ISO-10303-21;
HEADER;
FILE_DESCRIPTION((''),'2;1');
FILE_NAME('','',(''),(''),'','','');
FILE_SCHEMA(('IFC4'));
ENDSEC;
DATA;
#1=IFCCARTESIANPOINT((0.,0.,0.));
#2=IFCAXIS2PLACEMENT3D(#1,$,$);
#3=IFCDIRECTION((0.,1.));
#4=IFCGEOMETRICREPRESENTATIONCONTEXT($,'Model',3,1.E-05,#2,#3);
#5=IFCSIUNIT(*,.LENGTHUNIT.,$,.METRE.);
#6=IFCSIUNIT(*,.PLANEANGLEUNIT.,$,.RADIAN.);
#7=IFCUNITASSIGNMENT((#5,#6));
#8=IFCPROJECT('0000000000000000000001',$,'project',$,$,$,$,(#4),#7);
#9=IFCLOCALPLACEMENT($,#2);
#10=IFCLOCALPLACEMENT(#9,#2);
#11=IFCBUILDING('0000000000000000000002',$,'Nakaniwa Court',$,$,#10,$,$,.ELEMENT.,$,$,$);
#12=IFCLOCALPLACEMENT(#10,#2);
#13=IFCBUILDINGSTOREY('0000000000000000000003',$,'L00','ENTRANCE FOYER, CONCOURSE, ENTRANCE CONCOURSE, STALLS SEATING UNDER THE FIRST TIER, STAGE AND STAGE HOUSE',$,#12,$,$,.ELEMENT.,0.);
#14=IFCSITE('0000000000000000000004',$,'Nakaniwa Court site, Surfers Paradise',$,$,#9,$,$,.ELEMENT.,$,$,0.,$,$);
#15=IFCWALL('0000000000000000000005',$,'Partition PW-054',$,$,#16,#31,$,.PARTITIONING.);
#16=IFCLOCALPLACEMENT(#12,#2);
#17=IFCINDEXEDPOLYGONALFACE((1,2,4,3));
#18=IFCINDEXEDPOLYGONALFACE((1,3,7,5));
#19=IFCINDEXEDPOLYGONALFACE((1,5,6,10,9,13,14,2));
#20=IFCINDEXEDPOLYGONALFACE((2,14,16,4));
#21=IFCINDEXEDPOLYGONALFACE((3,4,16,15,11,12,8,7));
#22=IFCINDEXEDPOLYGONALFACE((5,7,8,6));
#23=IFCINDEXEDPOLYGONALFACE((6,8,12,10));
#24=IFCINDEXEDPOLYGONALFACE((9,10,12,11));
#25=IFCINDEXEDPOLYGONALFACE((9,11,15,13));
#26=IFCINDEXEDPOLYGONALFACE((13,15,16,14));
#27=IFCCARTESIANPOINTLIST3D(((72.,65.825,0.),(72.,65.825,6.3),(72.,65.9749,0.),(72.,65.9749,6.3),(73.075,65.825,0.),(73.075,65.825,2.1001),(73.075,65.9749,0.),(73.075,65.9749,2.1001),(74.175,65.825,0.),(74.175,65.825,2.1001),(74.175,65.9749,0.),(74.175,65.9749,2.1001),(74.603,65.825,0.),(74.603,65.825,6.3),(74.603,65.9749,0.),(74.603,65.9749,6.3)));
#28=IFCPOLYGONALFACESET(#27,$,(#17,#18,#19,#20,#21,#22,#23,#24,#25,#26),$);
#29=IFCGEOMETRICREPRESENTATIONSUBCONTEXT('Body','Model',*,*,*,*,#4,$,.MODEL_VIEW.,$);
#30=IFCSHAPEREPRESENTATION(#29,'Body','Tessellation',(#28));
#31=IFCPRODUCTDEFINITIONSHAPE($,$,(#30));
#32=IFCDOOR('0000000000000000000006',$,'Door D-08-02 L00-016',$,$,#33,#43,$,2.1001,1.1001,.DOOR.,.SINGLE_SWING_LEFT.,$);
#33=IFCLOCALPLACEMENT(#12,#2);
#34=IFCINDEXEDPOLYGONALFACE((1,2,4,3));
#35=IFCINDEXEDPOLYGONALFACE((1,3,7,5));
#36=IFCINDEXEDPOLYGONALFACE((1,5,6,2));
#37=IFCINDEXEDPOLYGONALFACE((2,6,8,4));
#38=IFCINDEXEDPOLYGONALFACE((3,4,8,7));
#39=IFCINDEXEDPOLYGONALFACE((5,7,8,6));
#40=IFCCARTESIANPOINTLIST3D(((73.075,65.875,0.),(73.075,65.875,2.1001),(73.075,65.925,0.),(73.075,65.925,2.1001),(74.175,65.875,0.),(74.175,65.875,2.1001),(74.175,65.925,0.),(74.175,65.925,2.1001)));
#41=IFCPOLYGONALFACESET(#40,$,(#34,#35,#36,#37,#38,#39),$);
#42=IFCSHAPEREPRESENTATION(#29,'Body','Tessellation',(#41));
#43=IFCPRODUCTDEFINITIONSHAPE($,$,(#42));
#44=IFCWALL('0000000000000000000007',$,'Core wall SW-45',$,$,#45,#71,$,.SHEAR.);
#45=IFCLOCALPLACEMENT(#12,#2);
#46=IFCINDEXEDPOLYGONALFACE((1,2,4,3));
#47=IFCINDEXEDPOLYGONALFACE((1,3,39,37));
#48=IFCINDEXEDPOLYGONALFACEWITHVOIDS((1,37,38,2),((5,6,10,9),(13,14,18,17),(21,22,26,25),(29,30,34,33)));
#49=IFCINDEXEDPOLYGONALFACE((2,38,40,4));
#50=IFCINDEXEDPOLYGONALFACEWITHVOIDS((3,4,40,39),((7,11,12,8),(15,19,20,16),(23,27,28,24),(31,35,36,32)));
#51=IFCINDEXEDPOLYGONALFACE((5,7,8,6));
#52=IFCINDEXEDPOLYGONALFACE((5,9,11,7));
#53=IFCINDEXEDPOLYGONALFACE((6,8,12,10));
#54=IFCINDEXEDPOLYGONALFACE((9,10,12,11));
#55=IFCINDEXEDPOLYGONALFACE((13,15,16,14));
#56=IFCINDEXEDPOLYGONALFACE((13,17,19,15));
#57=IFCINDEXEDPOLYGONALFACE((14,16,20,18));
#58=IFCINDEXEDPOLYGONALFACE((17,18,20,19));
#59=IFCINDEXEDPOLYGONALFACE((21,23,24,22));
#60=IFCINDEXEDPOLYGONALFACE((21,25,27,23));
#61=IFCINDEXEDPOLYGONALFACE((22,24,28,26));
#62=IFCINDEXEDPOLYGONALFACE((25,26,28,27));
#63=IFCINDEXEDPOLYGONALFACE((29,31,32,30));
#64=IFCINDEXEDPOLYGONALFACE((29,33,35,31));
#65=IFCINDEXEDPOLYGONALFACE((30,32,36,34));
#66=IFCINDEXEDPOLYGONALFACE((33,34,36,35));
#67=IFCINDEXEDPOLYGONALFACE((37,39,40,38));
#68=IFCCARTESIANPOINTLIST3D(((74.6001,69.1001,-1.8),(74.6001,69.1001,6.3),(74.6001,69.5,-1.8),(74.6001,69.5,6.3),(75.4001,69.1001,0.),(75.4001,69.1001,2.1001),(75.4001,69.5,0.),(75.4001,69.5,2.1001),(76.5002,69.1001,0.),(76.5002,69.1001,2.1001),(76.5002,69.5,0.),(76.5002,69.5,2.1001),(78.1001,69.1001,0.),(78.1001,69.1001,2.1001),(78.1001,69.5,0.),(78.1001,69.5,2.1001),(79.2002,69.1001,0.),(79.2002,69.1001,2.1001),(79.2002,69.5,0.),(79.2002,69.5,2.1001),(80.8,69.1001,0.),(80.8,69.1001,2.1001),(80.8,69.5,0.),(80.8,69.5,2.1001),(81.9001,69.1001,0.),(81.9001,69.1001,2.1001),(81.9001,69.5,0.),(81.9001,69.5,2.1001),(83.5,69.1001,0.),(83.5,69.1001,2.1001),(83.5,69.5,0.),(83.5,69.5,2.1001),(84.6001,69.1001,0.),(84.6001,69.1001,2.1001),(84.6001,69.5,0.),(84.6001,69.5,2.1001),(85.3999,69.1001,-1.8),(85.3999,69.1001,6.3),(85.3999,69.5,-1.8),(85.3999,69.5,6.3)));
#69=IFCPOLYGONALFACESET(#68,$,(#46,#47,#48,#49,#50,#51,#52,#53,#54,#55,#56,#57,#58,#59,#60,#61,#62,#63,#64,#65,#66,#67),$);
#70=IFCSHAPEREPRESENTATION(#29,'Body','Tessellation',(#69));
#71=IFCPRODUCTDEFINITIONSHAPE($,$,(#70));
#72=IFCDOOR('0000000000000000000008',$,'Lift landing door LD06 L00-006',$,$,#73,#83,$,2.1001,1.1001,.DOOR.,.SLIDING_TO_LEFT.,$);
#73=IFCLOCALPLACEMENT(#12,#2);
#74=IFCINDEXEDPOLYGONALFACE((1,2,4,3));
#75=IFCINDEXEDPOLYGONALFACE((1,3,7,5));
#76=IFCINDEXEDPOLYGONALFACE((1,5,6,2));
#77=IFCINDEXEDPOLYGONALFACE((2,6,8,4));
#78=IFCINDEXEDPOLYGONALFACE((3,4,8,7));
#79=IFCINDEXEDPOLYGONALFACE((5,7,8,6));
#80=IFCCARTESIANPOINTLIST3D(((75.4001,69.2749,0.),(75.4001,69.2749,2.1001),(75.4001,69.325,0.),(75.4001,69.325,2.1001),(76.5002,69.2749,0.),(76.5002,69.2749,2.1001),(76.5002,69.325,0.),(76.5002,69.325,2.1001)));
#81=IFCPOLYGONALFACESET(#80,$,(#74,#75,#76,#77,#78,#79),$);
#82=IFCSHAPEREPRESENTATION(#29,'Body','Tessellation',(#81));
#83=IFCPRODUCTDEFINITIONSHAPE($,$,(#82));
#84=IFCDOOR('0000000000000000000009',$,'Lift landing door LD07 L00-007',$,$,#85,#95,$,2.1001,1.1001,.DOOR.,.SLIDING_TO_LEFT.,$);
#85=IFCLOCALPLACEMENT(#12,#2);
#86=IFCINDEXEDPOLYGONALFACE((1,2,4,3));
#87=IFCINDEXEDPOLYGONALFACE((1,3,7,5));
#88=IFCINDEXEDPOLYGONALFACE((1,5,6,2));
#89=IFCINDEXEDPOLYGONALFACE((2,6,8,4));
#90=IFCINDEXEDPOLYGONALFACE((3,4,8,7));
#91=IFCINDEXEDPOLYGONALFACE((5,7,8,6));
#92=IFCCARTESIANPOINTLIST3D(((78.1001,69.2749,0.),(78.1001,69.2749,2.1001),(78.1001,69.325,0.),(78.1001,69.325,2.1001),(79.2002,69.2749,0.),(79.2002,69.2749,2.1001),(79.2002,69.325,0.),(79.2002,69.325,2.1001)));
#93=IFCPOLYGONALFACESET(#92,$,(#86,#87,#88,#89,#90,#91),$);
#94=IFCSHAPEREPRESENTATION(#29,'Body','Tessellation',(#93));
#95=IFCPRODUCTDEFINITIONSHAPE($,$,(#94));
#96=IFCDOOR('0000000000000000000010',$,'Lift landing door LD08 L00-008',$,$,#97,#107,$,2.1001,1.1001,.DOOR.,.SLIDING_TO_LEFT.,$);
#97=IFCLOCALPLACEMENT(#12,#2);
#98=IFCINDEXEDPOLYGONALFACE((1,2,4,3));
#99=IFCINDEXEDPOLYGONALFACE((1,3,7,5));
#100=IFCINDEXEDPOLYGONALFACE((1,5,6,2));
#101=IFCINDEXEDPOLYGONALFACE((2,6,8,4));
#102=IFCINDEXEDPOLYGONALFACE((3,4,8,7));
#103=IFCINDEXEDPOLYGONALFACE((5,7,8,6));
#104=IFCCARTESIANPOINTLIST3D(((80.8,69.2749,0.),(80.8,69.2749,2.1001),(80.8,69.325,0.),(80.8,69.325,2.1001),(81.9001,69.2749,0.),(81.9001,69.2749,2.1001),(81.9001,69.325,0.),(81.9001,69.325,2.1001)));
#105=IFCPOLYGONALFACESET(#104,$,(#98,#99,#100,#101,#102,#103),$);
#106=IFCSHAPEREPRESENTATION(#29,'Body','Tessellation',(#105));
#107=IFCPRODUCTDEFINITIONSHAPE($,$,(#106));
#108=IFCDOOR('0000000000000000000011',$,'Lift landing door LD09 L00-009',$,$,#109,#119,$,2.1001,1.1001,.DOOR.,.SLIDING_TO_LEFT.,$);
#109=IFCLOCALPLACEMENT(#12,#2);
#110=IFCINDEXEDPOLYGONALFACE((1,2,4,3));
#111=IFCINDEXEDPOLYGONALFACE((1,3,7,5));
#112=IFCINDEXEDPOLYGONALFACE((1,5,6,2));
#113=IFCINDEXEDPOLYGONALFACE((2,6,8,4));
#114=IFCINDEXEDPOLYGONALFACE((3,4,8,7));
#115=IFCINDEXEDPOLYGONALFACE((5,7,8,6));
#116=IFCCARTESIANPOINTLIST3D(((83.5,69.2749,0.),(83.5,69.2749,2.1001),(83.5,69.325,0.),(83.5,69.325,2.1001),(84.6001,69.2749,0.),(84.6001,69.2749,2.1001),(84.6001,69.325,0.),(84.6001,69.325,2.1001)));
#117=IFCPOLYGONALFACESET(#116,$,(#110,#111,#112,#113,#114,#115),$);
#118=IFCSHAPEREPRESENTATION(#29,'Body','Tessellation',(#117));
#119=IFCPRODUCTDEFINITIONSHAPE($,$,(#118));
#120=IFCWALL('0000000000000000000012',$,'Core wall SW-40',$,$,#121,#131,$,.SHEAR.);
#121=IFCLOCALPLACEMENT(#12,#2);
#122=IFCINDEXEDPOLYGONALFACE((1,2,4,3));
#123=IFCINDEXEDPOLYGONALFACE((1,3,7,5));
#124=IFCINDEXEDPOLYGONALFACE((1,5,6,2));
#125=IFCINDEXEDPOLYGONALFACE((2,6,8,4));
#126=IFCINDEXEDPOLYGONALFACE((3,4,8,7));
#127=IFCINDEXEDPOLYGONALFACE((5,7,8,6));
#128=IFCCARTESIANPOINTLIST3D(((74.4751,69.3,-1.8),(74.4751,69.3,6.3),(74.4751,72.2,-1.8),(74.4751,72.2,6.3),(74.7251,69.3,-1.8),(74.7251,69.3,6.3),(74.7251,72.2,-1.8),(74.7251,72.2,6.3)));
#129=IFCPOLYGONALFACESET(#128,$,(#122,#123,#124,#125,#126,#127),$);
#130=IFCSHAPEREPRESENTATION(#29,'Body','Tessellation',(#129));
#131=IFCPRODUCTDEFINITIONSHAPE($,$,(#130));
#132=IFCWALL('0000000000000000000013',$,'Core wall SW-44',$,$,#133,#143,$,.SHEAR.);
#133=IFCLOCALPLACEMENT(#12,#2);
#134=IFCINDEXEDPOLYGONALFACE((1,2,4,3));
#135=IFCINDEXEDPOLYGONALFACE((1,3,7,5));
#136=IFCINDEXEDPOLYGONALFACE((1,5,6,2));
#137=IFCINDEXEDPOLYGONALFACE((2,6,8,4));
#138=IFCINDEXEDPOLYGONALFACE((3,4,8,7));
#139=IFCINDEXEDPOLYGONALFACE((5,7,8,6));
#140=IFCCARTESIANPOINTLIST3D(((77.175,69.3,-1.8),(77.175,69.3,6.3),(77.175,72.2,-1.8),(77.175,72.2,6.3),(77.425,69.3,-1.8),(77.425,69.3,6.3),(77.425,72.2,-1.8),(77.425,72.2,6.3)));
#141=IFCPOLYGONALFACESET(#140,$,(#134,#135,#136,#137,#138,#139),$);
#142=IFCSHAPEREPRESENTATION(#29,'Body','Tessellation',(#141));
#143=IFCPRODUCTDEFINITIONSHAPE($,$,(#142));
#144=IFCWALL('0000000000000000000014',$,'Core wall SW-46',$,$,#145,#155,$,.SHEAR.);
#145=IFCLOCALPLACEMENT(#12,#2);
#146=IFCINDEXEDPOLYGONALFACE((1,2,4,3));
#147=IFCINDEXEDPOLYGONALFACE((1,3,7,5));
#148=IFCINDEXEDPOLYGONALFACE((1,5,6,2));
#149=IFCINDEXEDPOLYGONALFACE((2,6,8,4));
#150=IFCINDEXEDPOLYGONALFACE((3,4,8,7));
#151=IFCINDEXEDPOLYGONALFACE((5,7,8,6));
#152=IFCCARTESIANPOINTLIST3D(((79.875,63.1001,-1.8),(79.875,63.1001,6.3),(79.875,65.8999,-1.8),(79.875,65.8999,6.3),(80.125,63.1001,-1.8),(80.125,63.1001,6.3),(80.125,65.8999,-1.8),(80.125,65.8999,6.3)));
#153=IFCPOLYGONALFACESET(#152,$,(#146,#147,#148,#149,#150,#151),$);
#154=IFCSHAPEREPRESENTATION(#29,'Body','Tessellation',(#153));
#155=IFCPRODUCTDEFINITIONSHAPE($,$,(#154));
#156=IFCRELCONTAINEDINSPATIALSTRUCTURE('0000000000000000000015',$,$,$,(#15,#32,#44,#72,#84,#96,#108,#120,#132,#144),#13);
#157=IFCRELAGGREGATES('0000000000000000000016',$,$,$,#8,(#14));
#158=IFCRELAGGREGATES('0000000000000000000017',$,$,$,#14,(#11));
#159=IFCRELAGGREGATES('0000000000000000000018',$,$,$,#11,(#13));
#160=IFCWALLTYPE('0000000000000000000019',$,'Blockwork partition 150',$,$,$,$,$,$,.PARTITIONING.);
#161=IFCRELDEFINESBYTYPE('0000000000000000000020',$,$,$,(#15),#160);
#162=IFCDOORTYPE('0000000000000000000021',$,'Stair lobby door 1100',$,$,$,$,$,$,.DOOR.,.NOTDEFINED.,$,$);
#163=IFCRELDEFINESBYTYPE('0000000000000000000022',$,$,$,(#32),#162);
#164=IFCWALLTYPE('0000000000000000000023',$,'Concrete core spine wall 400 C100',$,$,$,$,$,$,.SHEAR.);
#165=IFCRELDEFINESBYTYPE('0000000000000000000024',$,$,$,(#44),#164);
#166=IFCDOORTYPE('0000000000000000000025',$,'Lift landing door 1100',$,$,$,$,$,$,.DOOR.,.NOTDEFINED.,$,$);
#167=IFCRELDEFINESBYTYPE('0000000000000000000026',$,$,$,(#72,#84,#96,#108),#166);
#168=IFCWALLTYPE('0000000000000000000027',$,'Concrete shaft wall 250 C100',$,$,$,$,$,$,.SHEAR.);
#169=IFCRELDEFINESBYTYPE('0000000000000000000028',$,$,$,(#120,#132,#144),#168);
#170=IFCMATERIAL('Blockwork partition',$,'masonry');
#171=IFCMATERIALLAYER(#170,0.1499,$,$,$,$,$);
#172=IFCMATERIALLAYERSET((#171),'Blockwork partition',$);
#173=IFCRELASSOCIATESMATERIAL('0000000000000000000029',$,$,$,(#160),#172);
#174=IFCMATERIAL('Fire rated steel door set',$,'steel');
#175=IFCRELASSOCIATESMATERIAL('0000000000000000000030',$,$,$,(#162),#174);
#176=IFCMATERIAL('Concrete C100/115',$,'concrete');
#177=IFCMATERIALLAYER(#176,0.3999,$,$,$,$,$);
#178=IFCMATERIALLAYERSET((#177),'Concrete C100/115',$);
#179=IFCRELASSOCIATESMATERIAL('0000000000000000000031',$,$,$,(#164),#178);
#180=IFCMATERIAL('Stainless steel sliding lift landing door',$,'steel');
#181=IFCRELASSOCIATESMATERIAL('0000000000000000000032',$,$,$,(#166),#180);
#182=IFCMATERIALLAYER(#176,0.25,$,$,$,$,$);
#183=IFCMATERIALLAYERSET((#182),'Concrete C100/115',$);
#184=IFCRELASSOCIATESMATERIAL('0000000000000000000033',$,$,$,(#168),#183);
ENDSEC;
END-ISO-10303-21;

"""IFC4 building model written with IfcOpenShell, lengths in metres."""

from ifc_helpers import new_model, si_unit, direction, frame, frame_2d, origin, place, context, subcontext, project, spatial, rectangle, extrude, material, layer, layer_set, type_object, element, fill, save


model = new_model("IFC4")

# Units and contexts
model_context = context("Model", 3, precision=1e-05, world=origin(), true_north=direction((0.0, 1.0)))
body_context = subcontext(model_context, "Body", "Model", "MODEL_VIEW")
ifc_project = project(units=[si_unit("LENGTHUNIT", "METRE"), si_unit("PLANEANGLEUNIT", "RADIAN")], contexts=[model_context])

# Site, building, storey
site_placement = place(None, origin())
site = spatial("IfcSite", under=ifc_project, at=site_placement, Name="Nakaniwa Court site, Surfers Paradise", CompositionType="ELEMENT", RefElevation=0.0)
building_placement = place(site_placement, origin())
building = spatial("IfcBuilding", under=site, at=building_placement, Name="Nakaniwa Court", CompositionType="ELEMENT")
storey_placement = place(building_placement, origin())
storey = spatial("IfcBuildingStorey", under=building, at=storey_placement, Name="L00", Description="ENTRANCE FOYER, CONCOURSE, ENTRANCE CONCOURSE, STALLS SEATING UNDER THE FIRST TIER, STAGE AND STAGE HOUSE", CompositionType="ELEMENT", Elevation=0.0)

# Wall, opening, door
ifc_material_1 = material(Name="Blockwork partition", Category="masonry")
ifc_layer_1 = layer(ifc_material_1, 0.1499)
ifc_layer_set_1 = layer_set([ifc_layer_1], Name="Blockwork partition")
wall_type_1 = type_object("IfcWallType", Name="Blockwork partition 150", PredefinedType="PARTITIONING", material=ifc_layer_set_1)
wall_1_placement = place(storey_placement, frame((74.603, 65.8999, 0.0), z_axis=(0.0, 0.0, 1.0), x_axis=(-1.0, 0.0, 0.0)))
wall_1 = element("IfcWall", 1, at=wall_1_placement, inside=storey, type_object=wall_type_1, Name="Partition PW-054", PredefinedType="PARTITIONING", context=body_context, shape_type="SweptSolid", body=[
    extrude(rectangle(XDim=2.603, YDim=0.1499, at=frame_2d((1.3015, 0.0))), origin(), (0.0, 0.0, 1.0), 6.3),
])
opening_1_placement = place(wall_1_placement, frame((0.428, 0.0, 0.0)))
opening_1 = element("IfcOpeningElement", 2, at=opening_1_placement, cuts=wall_1, PredefinedType="OPENING", context=body_context, shape_type="SweptSolid", body=[
    extrude(rectangle(XDim=1.1001, YDim=2.1001, at=frame_2d((0.55, 1.05))), frame((0.0, 0.085, 0.0), z_axis=(0.0, -1.0, 0.0), x_axis=(1.0, 0.0, 0.0)), (0.0, 0.0, 1.0), 0.1699),
])
ifc_material_2 = material(Name="Fire rated steel door set", Category="steel")
door_type_1 = type_object("IfcDoorType", Name="Stair lobby door 1100", OperationType="NOTDEFINED", PredefinedType="DOOR", material=ifc_material_2)
door_1_placement = place(opening_1_placement, origin())
door_1 = element("IfcDoor", 3, at=door_1_placement, inside=storey, type_object=door_type_1, Name="Door D-08-02 L00-016", OperationType="SINGLE_SWING_LEFT", OverallHeight=2.1001, OverallWidth=1.1001, PredefinedType="DOOR", context=body_context, shape_type="SweptSolid", body=[
    extrude(rectangle(XDim=1.1001, YDim=2.1001, at=frame_2d((0.55, 1.05))), frame((0.0, 0.0249, 0.0), z_axis=(0.0, -1.0, 0.0), x_axis=(1.0, 0.0, 0.0)), (0.0, 0.0, 1.0), 0.05),
])
fill(opening_1, door_1)

# Wall, openings, doors
ifc_material_3 = material(Name="Concrete C100/115", Category="concrete")
ifc_layer_2 = layer(ifc_material_3, 0.3999)
ifc_layer_set_2 = layer_set([ifc_layer_2], Name="Concrete C100/115")
wall_type_2 = type_object("IfcWallType", Name="Concrete core spine wall 400 C100", PredefinedType="SHEAR", material=ifc_layer_set_2)
wall_2_placement = place(storey_placement, frame((74.6001, 69.3, -1.8), z_axis=(0.0, 0.0, 1.0), x_axis=(1.0, 0.0, 0.0)))
wall_2 = element("IfcWall", 4, at=wall_2_placement, inside=storey, type_object=wall_type_2, Name="Core wall SW-45", PredefinedType="SHEAR", context=body_context, shape_type="SweptSolid", body=[
    extrude(rectangle(XDim=10.7998, YDim=0.3999, at=frame_2d((5.3999, 0.0))), origin(), (0.0, 0.0, 1.0), 8.1001),
])
opening_2_placement = place(wall_2_placement, frame((0.8, 0.0, 1.8)))
opening_2 = element("IfcOpeningElement", 5, at=opening_2_placement, cuts=wall_2, PredefinedType="OPENING", context=body_context, shape_type="SweptSolid", body=[
    extrude(rectangle(XDim=1.1001, YDim=2.1001, at=frame_2d((0.55, 1.05))), frame((0.0, 0.21, 0.0), z_axis=(0.0, -1.0, 0.0), x_axis=(1.0, 0.0, 0.0)), (0.0, 0.0, 1.0), 0.4199),
])
opening_3_placement = place(wall_2_placement, frame((3.5, 0.0, 1.8)))
opening_3 = element("IfcOpeningElement", 6, at=opening_3_placement, cuts=wall_2, PredefinedType="OPENING", context=body_context, shape_type="SweptSolid", body=[
    extrude(rectangle(XDim=1.1001, YDim=2.1001, at=frame_2d((0.55, 1.05))), frame((0.0, 0.21, 0.0), z_axis=(0.0, -1.0, 0.0), x_axis=(1.0, 0.0, 0.0)), (0.0, 0.0, 1.0), 0.4199),
])
opening_4_placement = place(wall_2_placement, frame((6.2, 0.0, 1.8)))
opening_4 = element("IfcOpeningElement", 7, at=opening_4_placement, cuts=wall_2, PredefinedType="OPENING", context=body_context, shape_type="SweptSolid", body=[
    extrude(rectangle(XDim=1.1001, YDim=2.1001, at=frame_2d((0.55, 1.05))), frame((0.0, 0.21, 0.0), z_axis=(0.0, -1.0, 0.0), x_axis=(1.0, 0.0, 0.0)), (0.0, 0.0, 1.0), 0.4199),
])
opening_5_placement = place(wall_2_placement, frame((8.8999, 0.0, 1.8)))
opening_5 = element("IfcOpeningElement", 8, at=opening_5_placement, cuts=wall_2, PredefinedType="OPENING", context=body_context, shape_type="SweptSolid", body=[
    extrude(rectangle(XDim=1.1001, YDim=2.1001, at=frame_2d((0.55, 1.05))), frame((0.0, 0.21, 0.0), z_axis=(0.0, -1.0, 0.0), x_axis=(1.0, 0.0, 0.0)), (0.0, 0.0, 1.0), 0.4199),
])
ifc_material_4 = material(Name="Stainless steel sliding lift landing door", Category="steel")
door_type_2 = type_object("IfcDoorType", Name="Lift landing door 1100", OperationType="NOTDEFINED", PredefinedType="DOOR", material=ifc_material_4)
door_2_placement = place(opening_2_placement, origin())
door_2 = element("IfcDoor", 9, at=door_2_placement, inside=storey, type_object=door_type_2, Name="Lift landing door LD06 L00-006", OperationType="SLIDING_TO_LEFT", OverallHeight=2.1001, OverallWidth=1.1001, PredefinedType="DOOR", context=body_context, shape_type="SweptSolid", body=[
    extrude(rectangle(XDim=1.1001, YDim=2.1001, at=frame_2d((0.55, 1.05))), frame((0.0, 0.0249, 0.0), z_axis=(0.0, -1.0, 0.0), x_axis=(1.0, 0.0, 0.0)), (0.0, 0.0, 1.0), 0.05),
])
fill(opening_2, door_2)
door_3_placement = place(opening_3_placement, origin())
door_3 = element("IfcDoor", 10, at=door_3_placement, inside=storey, type_object=door_type_2, Name="Lift landing door LD07 L00-007", OperationType="SLIDING_TO_LEFT", OverallHeight=2.1001, OverallWidth=1.1001, PredefinedType="DOOR", context=body_context, shape_type="SweptSolid", body=[
    extrude(rectangle(XDim=1.1001, YDim=2.1001, at=frame_2d((0.55, 1.05))), frame((0.0, 0.0249, 0.0), z_axis=(0.0, -1.0, 0.0), x_axis=(1.0, 0.0, 0.0)), (0.0, 0.0, 1.0), 0.05),
])
fill(opening_3, door_3)
door_4_placement = place(opening_4_placement, origin())
door_4 = element("IfcDoor", 11, at=door_4_placement, inside=storey, type_object=door_type_2, Name="Lift landing door LD08 L00-008", OperationType="SLIDING_TO_LEFT", OverallHeight=2.1001, OverallWidth=1.1001, PredefinedType="DOOR", context=body_context, shape_type="SweptSolid", body=[
    extrude(rectangle(XDim=1.1001, YDim=2.1001, at=frame_2d((0.55, 1.05))), frame((0.0, 0.0249, 0.0), z_axis=(0.0, -1.0, 0.0), x_axis=(1.0, 0.0, 0.0)), (0.0, 0.0, 1.0), 0.05),
])
fill(opening_4, door_4)
door_5_placement = place(opening_5_placement, origin())
door_5 = element("IfcDoor", 12, at=door_5_placement, inside=storey, type_object=door_type_2, Name="Lift landing door LD09 L00-009", OperationType="SLIDING_TO_LEFT", OverallHeight=2.1001, OverallWidth=1.1001, PredefinedType="DOOR", context=body_context, shape_type="SweptSolid", body=[
    extrude(rectangle(XDim=1.1001, YDim=2.1001, at=frame_2d((0.55, 1.05))), frame((0.0, 0.0249, 0.0), z_axis=(0.0, -1.0, 0.0), x_axis=(1.0, 0.0, 0.0)), (0.0, 0.0, 1.0), 0.05),
])
fill(opening_5, door_5)

# Walls
ifc_layer_3 = layer(ifc_material_3, 0.25)
ifc_layer_set_3 = layer_set([ifc_layer_3], Name="Concrete C100/115")
wall_type_3 = type_object("IfcWallType", Name="Concrete shaft wall 250 C100", PredefinedType="SHEAR", material=ifc_layer_set_3)
for number, where, z_axis, x_axis, name in (
    (13, (74.6001, 69.3, -1.8), (0.0, 0.0, 1.0), (0.0, 1.0, 0.0), "Core wall SW-40"),
    (14, (77.3, 69.3, -1.8), (0.0, 0.0, 1.0), (0.0, 1.0, 0.0), "Core wall SW-44"),
):
    element("IfcWall", number, at=place(storey_placement, frame(where, z_axis=z_axis, x_axis=x_axis)), inside=storey, type_object=wall_type_3, Name=name, PredefinedType="SHEAR", context=body_context, shape_type="SweptSolid", body=[
        extrude(rectangle(XDim=2.8999, YDim=0.25, at=frame_2d((1.45, 0.0))), origin(), (0.0, 0.0, 1.0), 8.1001),
    ])
wall_3_placement = place(storey_placement, frame((80.0, 63.1001, -1.8), z_axis=(0.0, 0.0, 1.0), x_axis=(0.0, 1.0, 0.0)))
element("IfcWall", 15, at=wall_3_placement, inside=storey, type_object=wall_type_3, Name="Core wall SW-46", PredefinedType="SHEAR", context=body_context, shape_type="SweptSolid", body=[
    extrude(rectangle(XDim=2.7998, YDim=0.25, at=frame_2d((1.3999, 0.0))), origin(), (0.0, 0.0, 1.0), 8.1001),
])

save(model, "model.ifc")
